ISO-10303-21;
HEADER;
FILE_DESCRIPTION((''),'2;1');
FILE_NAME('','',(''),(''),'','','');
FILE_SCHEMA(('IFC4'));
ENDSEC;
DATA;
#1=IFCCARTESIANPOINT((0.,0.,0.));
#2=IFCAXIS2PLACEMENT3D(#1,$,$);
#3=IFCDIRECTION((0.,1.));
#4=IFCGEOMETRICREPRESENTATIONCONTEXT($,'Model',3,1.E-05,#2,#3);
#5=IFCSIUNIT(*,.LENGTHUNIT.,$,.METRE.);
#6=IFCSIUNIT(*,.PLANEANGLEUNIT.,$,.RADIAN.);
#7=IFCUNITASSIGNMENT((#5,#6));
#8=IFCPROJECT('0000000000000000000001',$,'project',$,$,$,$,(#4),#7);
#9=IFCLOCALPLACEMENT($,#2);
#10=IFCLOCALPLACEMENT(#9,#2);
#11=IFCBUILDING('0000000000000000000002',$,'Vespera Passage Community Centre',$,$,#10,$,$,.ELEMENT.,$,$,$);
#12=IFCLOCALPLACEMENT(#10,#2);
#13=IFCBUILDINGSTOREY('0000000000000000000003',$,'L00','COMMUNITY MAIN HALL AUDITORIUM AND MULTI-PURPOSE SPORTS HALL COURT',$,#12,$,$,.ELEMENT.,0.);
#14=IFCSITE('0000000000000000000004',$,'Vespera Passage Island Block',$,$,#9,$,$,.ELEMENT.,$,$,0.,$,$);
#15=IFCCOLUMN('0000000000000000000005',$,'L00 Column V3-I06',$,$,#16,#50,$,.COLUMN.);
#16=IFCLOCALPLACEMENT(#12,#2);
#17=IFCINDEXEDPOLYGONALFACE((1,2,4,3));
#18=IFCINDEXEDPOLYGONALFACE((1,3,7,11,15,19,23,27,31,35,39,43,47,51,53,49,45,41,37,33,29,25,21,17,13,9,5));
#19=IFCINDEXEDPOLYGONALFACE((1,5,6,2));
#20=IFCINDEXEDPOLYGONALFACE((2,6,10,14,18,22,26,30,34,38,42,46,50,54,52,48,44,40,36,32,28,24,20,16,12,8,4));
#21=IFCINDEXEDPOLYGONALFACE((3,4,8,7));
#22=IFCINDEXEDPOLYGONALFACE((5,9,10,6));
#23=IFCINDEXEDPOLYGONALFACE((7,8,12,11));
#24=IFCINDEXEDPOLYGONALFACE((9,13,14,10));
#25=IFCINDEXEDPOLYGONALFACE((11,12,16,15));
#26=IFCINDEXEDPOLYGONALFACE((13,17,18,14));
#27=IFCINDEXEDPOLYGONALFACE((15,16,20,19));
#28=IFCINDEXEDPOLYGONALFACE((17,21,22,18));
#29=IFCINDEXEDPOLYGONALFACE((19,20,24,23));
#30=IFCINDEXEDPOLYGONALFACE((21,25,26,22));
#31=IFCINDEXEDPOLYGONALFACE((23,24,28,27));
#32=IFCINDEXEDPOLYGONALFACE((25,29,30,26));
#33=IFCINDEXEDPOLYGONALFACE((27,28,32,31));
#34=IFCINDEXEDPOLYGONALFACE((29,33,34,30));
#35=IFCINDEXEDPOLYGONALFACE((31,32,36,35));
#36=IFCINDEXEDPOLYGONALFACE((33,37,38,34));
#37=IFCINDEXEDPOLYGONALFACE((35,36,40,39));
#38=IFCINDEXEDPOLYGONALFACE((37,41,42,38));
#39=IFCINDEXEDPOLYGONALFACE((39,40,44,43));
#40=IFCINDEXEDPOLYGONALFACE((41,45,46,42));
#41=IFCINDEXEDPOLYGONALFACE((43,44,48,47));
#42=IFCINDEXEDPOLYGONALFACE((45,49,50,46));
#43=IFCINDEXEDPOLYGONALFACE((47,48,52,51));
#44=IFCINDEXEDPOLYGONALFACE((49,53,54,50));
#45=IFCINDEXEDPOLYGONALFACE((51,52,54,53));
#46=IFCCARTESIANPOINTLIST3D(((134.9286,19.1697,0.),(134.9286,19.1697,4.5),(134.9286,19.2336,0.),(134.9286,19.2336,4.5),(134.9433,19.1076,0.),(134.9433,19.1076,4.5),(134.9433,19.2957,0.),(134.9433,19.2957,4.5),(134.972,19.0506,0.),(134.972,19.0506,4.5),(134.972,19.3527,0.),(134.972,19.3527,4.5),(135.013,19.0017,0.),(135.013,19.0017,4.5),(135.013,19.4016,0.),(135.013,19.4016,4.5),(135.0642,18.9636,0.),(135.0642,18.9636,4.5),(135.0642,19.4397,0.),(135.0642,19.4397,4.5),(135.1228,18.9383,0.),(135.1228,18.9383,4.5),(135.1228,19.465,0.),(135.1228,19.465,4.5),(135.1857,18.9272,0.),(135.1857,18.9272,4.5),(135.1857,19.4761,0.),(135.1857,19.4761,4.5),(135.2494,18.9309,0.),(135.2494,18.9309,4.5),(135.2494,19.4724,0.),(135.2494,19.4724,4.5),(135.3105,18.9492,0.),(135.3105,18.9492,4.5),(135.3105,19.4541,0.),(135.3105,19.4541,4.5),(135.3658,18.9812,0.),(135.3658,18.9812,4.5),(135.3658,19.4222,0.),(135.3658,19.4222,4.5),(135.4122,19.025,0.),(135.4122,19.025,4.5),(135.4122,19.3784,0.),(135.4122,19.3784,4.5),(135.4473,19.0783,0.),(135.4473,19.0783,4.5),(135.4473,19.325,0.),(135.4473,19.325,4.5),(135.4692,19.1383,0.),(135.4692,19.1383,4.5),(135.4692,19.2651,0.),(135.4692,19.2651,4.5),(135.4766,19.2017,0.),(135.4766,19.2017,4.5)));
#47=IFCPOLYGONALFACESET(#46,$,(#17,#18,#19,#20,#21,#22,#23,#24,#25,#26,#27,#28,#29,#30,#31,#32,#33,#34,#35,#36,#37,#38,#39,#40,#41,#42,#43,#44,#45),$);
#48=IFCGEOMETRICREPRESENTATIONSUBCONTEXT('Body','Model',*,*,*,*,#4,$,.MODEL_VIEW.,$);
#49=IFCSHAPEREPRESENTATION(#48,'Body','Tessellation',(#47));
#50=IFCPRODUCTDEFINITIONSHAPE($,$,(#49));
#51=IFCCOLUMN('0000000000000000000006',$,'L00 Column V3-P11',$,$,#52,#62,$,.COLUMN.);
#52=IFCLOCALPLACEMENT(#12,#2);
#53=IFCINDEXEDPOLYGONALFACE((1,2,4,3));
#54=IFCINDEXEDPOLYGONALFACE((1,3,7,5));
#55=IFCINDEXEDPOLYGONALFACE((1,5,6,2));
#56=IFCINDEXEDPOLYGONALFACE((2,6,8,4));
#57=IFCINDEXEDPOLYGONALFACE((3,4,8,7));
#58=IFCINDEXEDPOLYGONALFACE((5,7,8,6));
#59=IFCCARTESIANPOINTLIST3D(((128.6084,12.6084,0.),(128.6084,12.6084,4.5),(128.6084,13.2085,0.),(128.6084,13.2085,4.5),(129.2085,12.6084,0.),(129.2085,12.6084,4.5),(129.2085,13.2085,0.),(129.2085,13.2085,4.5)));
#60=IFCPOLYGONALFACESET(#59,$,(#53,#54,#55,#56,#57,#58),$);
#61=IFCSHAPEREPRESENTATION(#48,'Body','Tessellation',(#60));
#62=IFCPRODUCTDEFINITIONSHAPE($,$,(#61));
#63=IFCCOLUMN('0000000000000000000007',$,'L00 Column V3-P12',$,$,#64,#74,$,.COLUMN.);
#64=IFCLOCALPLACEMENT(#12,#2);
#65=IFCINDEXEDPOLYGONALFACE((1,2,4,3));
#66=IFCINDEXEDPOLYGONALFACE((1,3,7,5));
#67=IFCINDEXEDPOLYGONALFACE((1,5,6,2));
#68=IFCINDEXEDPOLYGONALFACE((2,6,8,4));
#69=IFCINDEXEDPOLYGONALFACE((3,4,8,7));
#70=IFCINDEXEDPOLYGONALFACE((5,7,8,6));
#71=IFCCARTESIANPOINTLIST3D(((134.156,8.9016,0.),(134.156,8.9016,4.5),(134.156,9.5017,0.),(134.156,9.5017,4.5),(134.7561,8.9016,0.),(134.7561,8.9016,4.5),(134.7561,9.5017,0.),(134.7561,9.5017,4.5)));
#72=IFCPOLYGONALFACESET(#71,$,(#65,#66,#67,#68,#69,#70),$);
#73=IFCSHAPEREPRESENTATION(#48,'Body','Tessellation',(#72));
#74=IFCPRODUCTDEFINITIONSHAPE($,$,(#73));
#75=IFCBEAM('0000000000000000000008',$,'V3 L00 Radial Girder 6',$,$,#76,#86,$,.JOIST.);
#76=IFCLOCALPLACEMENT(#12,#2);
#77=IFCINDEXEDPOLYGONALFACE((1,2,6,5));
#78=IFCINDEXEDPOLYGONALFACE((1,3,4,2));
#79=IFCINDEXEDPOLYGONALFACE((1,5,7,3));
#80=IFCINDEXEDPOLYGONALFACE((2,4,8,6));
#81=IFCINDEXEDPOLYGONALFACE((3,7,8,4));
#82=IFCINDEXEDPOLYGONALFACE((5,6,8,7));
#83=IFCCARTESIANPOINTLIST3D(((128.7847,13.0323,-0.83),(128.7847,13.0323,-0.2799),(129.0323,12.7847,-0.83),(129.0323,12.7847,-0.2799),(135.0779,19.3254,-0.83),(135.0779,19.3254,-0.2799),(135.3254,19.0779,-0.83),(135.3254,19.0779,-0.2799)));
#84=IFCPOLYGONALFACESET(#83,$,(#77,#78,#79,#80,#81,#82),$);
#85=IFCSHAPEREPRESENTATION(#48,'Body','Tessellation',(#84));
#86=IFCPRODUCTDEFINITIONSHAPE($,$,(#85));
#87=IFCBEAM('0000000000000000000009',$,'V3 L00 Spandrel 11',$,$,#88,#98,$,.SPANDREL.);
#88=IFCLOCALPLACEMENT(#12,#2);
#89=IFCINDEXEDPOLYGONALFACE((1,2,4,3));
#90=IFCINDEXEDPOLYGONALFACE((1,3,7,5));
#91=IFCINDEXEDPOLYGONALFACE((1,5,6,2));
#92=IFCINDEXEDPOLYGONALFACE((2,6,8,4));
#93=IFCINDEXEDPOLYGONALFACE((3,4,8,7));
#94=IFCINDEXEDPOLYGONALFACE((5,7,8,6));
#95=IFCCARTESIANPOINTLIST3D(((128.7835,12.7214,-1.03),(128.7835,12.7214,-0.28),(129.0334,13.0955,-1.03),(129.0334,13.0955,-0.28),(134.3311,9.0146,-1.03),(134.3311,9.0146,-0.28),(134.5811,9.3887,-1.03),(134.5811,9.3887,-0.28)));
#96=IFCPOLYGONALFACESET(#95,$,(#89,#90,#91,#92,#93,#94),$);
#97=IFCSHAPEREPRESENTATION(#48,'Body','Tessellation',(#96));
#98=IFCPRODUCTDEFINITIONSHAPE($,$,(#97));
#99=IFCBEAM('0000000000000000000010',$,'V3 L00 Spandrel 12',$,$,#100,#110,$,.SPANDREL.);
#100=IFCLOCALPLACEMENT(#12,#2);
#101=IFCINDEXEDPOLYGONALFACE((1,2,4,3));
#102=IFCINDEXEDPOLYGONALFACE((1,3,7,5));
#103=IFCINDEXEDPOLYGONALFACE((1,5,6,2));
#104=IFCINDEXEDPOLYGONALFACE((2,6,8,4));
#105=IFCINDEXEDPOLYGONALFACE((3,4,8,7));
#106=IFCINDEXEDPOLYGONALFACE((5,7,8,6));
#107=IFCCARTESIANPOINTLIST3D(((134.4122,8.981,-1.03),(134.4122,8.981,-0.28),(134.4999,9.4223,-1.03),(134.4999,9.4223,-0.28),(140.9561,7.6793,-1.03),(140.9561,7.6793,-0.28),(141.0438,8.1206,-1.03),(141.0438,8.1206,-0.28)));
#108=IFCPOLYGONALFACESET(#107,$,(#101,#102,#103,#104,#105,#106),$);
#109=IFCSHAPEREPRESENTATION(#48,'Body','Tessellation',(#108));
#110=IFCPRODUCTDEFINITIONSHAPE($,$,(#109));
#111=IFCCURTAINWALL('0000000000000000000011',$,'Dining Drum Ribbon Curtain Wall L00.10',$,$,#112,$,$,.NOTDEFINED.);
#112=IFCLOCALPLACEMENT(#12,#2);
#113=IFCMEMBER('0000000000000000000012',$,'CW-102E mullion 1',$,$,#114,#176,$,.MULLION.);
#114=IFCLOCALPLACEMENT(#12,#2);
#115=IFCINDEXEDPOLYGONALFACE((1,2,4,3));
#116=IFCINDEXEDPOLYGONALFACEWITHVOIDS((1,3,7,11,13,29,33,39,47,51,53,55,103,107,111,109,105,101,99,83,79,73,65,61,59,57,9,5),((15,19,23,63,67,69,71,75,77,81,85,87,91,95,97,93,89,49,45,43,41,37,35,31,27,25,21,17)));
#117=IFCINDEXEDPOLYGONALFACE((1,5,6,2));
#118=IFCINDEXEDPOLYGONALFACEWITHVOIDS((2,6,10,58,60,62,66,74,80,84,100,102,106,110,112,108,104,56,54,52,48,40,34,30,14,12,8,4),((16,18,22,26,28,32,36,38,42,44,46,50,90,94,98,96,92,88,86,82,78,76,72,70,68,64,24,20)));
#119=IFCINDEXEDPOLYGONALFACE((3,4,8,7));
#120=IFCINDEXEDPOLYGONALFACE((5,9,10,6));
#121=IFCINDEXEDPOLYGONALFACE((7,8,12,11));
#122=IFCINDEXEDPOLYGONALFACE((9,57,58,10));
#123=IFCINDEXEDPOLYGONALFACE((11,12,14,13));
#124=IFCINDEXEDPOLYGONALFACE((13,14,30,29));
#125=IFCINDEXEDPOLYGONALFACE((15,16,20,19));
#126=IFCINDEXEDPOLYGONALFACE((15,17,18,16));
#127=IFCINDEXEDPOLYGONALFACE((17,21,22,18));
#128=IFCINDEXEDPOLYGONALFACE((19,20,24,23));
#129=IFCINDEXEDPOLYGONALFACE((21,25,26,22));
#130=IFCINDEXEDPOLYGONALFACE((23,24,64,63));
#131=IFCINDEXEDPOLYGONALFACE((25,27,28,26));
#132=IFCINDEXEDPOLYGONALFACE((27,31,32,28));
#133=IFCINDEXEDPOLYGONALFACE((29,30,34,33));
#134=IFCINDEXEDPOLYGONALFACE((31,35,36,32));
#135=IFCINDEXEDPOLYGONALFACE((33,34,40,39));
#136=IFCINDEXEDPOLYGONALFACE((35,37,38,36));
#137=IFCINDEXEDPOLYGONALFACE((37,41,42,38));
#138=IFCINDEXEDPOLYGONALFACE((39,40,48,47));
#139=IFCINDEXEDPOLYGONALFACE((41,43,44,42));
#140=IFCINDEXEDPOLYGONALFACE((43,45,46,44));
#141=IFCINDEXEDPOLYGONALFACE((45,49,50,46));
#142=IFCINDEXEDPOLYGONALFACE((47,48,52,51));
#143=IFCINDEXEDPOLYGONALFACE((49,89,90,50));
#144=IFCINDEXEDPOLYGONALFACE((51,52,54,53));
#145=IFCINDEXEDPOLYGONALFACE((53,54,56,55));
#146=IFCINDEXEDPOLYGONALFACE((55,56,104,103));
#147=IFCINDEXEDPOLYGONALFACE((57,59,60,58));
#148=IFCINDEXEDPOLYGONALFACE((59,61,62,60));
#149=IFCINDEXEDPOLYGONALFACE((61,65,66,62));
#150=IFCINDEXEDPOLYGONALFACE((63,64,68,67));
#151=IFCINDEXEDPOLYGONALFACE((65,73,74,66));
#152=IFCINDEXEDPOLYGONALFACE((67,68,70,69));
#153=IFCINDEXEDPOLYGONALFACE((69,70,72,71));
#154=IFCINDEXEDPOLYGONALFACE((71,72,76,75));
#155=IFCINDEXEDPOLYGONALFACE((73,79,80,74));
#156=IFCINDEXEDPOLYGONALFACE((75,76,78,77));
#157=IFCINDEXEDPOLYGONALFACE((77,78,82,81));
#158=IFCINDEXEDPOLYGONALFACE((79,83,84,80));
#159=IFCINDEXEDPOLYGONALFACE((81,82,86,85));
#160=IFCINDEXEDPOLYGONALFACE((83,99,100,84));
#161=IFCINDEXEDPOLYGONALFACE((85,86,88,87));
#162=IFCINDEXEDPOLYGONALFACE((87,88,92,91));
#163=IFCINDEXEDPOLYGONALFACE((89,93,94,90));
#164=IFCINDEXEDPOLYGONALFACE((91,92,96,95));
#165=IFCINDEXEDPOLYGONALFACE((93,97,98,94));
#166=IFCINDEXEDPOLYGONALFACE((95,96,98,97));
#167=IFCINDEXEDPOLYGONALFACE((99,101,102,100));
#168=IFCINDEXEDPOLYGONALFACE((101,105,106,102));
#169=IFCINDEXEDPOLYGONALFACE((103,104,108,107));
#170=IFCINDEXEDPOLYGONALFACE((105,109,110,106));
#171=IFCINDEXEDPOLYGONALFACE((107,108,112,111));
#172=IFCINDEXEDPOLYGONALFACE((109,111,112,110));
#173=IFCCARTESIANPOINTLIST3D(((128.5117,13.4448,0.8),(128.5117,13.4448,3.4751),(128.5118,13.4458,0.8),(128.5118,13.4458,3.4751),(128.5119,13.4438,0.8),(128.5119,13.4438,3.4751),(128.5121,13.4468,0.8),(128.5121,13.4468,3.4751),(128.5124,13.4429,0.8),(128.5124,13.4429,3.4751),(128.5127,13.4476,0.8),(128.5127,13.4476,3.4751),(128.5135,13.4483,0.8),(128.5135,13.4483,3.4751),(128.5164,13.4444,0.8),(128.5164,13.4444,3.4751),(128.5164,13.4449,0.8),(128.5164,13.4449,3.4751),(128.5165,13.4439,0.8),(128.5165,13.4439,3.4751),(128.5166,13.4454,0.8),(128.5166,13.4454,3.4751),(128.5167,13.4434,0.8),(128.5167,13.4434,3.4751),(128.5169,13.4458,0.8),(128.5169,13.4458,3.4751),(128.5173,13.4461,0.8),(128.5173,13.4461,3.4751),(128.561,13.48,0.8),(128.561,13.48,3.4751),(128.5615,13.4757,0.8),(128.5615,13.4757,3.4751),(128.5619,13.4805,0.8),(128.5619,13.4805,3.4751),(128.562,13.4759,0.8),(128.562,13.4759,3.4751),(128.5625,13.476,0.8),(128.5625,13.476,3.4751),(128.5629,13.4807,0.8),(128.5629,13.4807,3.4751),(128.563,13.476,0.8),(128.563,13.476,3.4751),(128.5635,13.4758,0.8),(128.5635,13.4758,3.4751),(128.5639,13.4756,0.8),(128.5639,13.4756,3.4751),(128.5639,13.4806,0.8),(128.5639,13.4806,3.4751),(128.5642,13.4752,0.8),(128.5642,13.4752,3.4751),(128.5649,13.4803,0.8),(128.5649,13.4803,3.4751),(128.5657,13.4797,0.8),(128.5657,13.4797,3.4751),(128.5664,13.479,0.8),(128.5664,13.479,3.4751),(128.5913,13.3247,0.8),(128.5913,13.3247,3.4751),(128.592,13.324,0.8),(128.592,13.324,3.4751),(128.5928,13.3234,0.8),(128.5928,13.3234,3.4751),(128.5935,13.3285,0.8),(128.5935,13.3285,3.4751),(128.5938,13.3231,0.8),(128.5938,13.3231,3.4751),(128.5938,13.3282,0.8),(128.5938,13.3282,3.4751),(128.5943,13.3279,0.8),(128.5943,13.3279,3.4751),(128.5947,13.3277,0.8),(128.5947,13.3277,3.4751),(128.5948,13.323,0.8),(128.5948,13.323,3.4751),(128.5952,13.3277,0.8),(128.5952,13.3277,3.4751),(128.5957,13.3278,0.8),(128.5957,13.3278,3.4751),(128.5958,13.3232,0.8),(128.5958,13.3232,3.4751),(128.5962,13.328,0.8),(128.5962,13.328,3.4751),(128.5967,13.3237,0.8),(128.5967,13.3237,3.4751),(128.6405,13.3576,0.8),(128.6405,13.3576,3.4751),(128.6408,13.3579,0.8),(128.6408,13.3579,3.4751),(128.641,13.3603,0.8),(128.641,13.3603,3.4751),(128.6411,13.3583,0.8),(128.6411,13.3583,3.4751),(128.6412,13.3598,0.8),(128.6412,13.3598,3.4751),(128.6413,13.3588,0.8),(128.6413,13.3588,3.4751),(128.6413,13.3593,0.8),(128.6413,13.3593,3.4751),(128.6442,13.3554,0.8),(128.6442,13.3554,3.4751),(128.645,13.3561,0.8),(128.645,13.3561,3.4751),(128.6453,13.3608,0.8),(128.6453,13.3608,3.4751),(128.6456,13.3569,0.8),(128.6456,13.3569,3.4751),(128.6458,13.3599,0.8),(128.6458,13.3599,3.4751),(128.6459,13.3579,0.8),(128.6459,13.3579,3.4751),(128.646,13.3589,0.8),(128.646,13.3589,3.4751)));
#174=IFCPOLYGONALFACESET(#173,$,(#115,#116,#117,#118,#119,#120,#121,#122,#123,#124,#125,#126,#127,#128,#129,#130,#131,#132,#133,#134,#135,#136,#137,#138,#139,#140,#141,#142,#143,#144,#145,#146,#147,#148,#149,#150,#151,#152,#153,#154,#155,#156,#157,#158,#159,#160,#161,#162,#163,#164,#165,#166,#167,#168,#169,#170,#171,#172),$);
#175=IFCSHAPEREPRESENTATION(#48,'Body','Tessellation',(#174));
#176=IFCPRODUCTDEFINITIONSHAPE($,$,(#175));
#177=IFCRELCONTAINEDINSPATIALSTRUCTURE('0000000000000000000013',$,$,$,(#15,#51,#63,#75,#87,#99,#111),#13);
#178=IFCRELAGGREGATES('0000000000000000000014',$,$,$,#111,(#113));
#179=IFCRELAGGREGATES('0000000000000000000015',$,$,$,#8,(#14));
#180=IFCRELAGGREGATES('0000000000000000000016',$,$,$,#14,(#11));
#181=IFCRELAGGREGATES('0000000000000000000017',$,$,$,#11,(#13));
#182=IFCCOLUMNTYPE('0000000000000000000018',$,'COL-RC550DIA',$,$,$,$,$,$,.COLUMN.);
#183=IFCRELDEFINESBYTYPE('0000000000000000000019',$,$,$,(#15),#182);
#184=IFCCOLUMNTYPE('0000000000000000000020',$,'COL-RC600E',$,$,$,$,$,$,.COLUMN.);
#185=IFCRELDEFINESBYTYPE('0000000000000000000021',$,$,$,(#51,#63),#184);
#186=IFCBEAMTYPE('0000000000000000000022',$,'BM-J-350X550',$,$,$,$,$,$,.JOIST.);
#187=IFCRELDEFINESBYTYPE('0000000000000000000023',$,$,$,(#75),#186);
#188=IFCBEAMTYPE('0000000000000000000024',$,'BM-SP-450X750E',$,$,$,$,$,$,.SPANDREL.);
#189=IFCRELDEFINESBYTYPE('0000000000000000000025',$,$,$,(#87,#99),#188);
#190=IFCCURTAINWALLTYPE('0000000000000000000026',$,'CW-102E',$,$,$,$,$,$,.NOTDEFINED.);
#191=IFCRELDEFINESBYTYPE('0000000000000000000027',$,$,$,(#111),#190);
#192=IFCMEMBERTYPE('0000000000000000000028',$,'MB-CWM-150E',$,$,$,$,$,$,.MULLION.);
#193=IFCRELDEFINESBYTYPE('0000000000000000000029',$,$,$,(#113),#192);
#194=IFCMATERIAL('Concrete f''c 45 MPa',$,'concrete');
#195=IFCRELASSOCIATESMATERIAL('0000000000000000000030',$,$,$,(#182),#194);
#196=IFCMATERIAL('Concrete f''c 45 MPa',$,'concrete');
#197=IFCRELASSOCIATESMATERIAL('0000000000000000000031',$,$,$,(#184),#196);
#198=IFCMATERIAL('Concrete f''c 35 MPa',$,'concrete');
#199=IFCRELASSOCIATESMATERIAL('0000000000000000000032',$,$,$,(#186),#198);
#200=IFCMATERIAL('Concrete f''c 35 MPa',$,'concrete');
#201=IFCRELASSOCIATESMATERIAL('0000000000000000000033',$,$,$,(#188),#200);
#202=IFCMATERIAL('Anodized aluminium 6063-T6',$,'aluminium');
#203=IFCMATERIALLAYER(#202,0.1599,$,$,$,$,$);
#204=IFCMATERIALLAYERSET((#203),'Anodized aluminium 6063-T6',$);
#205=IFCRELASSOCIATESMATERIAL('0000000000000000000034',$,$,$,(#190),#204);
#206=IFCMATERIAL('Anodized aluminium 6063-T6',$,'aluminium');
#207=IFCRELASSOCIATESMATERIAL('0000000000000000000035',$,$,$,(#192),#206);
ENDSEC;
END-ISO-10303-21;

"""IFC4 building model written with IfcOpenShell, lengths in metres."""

from ifc_helpers import new_model, si_unit, direction, frame, origin, origin_2d, place, context, subcontext, project, spatial, rectangle, hollow_rectangle, circle, extrude, material, layer, layer_set, material_profile, profile_set, type_object, element, aggregate, save


model = new_model("IFC4")

# Units and contexts
model_context = context("Model", 3, precision=1e-05, world=origin(), true_north=direction((0.0, 1.0)))
body_context = subcontext(model_context, "Body", "Model", "MODEL_VIEW")
ifc_project = project(units=[si_unit("LENGTHUNIT", "METRE"), si_unit("PLANEANGLEUNIT", "RADIAN")], contexts=[model_context])

# Site, building, storey
site_placement = place(None, origin())
site = spatial("IfcSite", under=ifc_project, at=site_placement, Name="Vespera Passage Island Block", CompositionType="ELEMENT", RefElevation=0.0)
building_placement = place(site_placement, origin())
building = spatial("IfcBuilding", under=site, at=building_placement, Name="Vespera Passage Community Centre", CompositionType="ELEMENT")
storey_placement = place(building_placement, origin())
storey = spatial("IfcBuildingStorey", under=building, at=storey_placement, Name="L00", Description="COMMUNITY MAIN HALL AUDITORIUM AND MULTI-PURPOSE SPORTS HALL COURT", CompositionType="ELEMENT", Elevation=0.0)

# Columns
ifc_material_1 = material(Name="Concrete f'c 45 MPa", Category="concrete")
ifc_material_profile_1 = material_profile(ifc_material_1, circle(Radius=0.2749, at=origin_2d()), Name="RC550DIA")
ifc_profile_set_1 = profile_set([ifc_material_profile_1], Name="Concrete f'c 45 MPa")
column_type_1 = type_object("IfcColumnType", Name="COL-RC550DIA", PredefinedType="COLUMN", material=ifc_profile_set_1)
column_placement = place(storey_placement, frame((135.2017, 19.2017, 0.0), z_axis=(0.0, 0.0, 1.0), x_axis=(1.0, 0.0, 0.0)))
element("IfcColumn", 1, at=column_placement, inside=storey, type_object=column_type_1, Name="L00 Column V3-I06", PredefinedType="COLUMN", context=body_context, shape_type="SweptSolid", body=[
    extrude(circle(Radius=0.2749, at=origin_2d()), origin(), (0.0, 0.0, 1.0), 4.5),
])
ifc_material_2 = material(Name="Concrete f'c 45 MPa", Category="concrete")
ifc_material_profile_2 = material_profile(ifc_material_2, rectangle(XDim=0.6001, YDim=0.6001, at=origin_2d()), Name="RC600X600")
ifc_profile_set_2 = profile_set([ifc_material_profile_2], Name="Concrete f'c 45 MPa")
column_type_2 = type_object("IfcColumnType", Name="COL-RC600E", PredefinedType="COLUMN", material=ifc_profile_set_2)
for number, where, z_axis, x_axis, name in (
    (2, (128.9084, 12.9084, 0.0), (0.0, 0.0, 1.0), (1.0, 0.0, 0.0), "L00 Column V3-P11"),
    (3, (134.4561, 9.2017, 0.0), (0.0, 0.0, 1.0), (1.0, 0.0, 0.0), "L00 Column V3-P12"),
):
    element("IfcColumn", number, at=place(storey_placement, frame(where, z_axis=z_axis, x_axis=x_axis)), inside=storey, type_object=column_type_2, Name=name, PredefinedType="COLUMN", context=body_context, shape_type="SweptSolid", body=[
        extrude(rectangle(XDim=0.6001, YDim=0.6001, at=origin_2d()), origin(), (0.0, 0.0, 1.0), 4.5),
    ])

# Beams
ifc_material_3 = material(Name="Concrete f'c 35 MPa", Category="concrete")
ifc_material_profile_3 = material_profile(ifc_material_3, rectangle(XDim=0.3501, YDim=0.55, at=origin_2d()), Name="RC350X550")
ifc_profile_set_3 = profile_set([ifc_material_profile_3], Name="Concrete f'c 35 MPa")
beam_type_1 = type_object("IfcBeamType", Name="BM-J-350X550", PredefinedType="JOIST", material=ifc_profile_set_3)
beam_placement = place(storey_placement, frame((135.2017, 19.2017, -0.5549), z_axis=(-0.707107, -0.707107, 0.0), x_axis=(0.707107, -0.707107, 0.0)))
element("IfcBeam", 4, at=beam_placement, inside=storey, type_object=beam_type_1, Name="V3 L00 Radial Girder 6", PredefinedType="JOIST", context=body_context, shape_type="SweptSolid", body=[
    extrude(rectangle(XDim=0.3501, YDim=0.55, at=origin_2d()), origin(), (0.0, 0.0, 1.0), 8.8999),
])
ifc_material_4 = material(Name="Concrete f'c 35 MPa", Category="concrete")
ifc_material_profile_4 = material_profile(ifc_material_4, rectangle(XDim=0.45, YDim=0.75, at=origin_2d()), Name="RC450X750")
ifc_profile_set_4 = profile_set([ifc_material_profile_4], Name="Concrete f'c 35 MPa")
beam_type_2 = type_object("IfcBeamType", Name="BM-SP-450X750E", PredefinedType="SPANDREL", material=ifc_profile_set_4)
for number, where, z_axis, x_axis, name in (
    (5, (128.9084, 12.9084, -0.655), (0.83147, -0.55557, 0.0), (0.55557, 0.83147, 0.0), "V3 L00 Spandrel 11"),
    (6, (134.4561, 9.2017, -0.655), (0.980783, -0.195103, 0.0), (0.195103, 0.980783, 0.0), "V3 L00 Spandrel 12"),
):
    element("IfcBeam", number, at=place(storey_placement, frame(where, z_axis=z_axis, x_axis=x_axis)), inside=storey, type_object=beam_type_2, Name=name, PredefinedType="SPANDREL", context=body_context, shape_type="SweptSolid", body=[
        extrude(rectangle(XDim=0.45, YDim=0.75, at=origin_2d()), origin(), (0.0, 0.0, 1.0), 6.6721),
    ])

# Curtain wall, member
ifc_material_5 = material(Name="Anodized aluminium 6063-T6", Category="aluminium")
ifc_layer_1 = layer(ifc_material_5, 0.1599)
ifc_layer_set_1 = layer_set([ifc_layer_1], Name="Anodized aluminium 6063-T6")
curtain_wall_type_1 = type_object("IfcCurtainWallType", Name="CW-102E", PredefinedType="NOTDEFINED", material=ifc_layer_set_1)
curtain_wall_1_placement = place(storey_placement, origin())
curtain_wall_1 = element("IfcCurtainWall", 7, at=curtain_wall_1_placement, inside=storey, type_object=curtain_wall_type_1, Name="Dining Drum Ribbon Curtain Wall L00.10", PredefinedType="NOTDEFINED")
ifc_material_6 = material(Name="Anodized aluminium 6063-T6", Category="aluminium")
ifc_material_profile_5 = material_profile(ifc_material_6, hollow_rectangle(XDim=0.0649, YDim=0.1499, WallThickness=0.0039, InnerFilletRadius=0.002, OuterFilletRadius=0.0039, at=origin_2d()), Name="ALU150X65X4")
ifc_profile_set_5 = profile_set([ifc_material_profile_5], Name="Anodized aluminium 6063-T6")
member_type_1 = type_object("IfcMemberType", Name="MB-CWM-150E", PredefinedType="MULLION", material=ifc_profile_set_5)
member_1_placement = place(storey_placement, frame((128.5789, 13.4019, 0.8), z_axis=(0.0, 0.0, 1.0), x_axis=(-0.831473, -0.555565, 0.0)))
member_1 = element("IfcMember", 8, at=member_1_placement, type_object=member_type_1, Name="CW-102E mullion 1", PredefinedType="MULLION", context=body_context, shape_type="SweptSolid", body=[
    extrude(hollow_rectangle(XDim=0.0649, YDim=0.1499, WallThickness=0.0039, InnerFilletRadius=0.002, OuterFilletRadius=0.0039, at=origin_2d()), origin(), (0.0, 0.0, 1.0), 2.675),
])

aggregate(curtain_wall_1, [member_1])

save(model, "model.ifc")
